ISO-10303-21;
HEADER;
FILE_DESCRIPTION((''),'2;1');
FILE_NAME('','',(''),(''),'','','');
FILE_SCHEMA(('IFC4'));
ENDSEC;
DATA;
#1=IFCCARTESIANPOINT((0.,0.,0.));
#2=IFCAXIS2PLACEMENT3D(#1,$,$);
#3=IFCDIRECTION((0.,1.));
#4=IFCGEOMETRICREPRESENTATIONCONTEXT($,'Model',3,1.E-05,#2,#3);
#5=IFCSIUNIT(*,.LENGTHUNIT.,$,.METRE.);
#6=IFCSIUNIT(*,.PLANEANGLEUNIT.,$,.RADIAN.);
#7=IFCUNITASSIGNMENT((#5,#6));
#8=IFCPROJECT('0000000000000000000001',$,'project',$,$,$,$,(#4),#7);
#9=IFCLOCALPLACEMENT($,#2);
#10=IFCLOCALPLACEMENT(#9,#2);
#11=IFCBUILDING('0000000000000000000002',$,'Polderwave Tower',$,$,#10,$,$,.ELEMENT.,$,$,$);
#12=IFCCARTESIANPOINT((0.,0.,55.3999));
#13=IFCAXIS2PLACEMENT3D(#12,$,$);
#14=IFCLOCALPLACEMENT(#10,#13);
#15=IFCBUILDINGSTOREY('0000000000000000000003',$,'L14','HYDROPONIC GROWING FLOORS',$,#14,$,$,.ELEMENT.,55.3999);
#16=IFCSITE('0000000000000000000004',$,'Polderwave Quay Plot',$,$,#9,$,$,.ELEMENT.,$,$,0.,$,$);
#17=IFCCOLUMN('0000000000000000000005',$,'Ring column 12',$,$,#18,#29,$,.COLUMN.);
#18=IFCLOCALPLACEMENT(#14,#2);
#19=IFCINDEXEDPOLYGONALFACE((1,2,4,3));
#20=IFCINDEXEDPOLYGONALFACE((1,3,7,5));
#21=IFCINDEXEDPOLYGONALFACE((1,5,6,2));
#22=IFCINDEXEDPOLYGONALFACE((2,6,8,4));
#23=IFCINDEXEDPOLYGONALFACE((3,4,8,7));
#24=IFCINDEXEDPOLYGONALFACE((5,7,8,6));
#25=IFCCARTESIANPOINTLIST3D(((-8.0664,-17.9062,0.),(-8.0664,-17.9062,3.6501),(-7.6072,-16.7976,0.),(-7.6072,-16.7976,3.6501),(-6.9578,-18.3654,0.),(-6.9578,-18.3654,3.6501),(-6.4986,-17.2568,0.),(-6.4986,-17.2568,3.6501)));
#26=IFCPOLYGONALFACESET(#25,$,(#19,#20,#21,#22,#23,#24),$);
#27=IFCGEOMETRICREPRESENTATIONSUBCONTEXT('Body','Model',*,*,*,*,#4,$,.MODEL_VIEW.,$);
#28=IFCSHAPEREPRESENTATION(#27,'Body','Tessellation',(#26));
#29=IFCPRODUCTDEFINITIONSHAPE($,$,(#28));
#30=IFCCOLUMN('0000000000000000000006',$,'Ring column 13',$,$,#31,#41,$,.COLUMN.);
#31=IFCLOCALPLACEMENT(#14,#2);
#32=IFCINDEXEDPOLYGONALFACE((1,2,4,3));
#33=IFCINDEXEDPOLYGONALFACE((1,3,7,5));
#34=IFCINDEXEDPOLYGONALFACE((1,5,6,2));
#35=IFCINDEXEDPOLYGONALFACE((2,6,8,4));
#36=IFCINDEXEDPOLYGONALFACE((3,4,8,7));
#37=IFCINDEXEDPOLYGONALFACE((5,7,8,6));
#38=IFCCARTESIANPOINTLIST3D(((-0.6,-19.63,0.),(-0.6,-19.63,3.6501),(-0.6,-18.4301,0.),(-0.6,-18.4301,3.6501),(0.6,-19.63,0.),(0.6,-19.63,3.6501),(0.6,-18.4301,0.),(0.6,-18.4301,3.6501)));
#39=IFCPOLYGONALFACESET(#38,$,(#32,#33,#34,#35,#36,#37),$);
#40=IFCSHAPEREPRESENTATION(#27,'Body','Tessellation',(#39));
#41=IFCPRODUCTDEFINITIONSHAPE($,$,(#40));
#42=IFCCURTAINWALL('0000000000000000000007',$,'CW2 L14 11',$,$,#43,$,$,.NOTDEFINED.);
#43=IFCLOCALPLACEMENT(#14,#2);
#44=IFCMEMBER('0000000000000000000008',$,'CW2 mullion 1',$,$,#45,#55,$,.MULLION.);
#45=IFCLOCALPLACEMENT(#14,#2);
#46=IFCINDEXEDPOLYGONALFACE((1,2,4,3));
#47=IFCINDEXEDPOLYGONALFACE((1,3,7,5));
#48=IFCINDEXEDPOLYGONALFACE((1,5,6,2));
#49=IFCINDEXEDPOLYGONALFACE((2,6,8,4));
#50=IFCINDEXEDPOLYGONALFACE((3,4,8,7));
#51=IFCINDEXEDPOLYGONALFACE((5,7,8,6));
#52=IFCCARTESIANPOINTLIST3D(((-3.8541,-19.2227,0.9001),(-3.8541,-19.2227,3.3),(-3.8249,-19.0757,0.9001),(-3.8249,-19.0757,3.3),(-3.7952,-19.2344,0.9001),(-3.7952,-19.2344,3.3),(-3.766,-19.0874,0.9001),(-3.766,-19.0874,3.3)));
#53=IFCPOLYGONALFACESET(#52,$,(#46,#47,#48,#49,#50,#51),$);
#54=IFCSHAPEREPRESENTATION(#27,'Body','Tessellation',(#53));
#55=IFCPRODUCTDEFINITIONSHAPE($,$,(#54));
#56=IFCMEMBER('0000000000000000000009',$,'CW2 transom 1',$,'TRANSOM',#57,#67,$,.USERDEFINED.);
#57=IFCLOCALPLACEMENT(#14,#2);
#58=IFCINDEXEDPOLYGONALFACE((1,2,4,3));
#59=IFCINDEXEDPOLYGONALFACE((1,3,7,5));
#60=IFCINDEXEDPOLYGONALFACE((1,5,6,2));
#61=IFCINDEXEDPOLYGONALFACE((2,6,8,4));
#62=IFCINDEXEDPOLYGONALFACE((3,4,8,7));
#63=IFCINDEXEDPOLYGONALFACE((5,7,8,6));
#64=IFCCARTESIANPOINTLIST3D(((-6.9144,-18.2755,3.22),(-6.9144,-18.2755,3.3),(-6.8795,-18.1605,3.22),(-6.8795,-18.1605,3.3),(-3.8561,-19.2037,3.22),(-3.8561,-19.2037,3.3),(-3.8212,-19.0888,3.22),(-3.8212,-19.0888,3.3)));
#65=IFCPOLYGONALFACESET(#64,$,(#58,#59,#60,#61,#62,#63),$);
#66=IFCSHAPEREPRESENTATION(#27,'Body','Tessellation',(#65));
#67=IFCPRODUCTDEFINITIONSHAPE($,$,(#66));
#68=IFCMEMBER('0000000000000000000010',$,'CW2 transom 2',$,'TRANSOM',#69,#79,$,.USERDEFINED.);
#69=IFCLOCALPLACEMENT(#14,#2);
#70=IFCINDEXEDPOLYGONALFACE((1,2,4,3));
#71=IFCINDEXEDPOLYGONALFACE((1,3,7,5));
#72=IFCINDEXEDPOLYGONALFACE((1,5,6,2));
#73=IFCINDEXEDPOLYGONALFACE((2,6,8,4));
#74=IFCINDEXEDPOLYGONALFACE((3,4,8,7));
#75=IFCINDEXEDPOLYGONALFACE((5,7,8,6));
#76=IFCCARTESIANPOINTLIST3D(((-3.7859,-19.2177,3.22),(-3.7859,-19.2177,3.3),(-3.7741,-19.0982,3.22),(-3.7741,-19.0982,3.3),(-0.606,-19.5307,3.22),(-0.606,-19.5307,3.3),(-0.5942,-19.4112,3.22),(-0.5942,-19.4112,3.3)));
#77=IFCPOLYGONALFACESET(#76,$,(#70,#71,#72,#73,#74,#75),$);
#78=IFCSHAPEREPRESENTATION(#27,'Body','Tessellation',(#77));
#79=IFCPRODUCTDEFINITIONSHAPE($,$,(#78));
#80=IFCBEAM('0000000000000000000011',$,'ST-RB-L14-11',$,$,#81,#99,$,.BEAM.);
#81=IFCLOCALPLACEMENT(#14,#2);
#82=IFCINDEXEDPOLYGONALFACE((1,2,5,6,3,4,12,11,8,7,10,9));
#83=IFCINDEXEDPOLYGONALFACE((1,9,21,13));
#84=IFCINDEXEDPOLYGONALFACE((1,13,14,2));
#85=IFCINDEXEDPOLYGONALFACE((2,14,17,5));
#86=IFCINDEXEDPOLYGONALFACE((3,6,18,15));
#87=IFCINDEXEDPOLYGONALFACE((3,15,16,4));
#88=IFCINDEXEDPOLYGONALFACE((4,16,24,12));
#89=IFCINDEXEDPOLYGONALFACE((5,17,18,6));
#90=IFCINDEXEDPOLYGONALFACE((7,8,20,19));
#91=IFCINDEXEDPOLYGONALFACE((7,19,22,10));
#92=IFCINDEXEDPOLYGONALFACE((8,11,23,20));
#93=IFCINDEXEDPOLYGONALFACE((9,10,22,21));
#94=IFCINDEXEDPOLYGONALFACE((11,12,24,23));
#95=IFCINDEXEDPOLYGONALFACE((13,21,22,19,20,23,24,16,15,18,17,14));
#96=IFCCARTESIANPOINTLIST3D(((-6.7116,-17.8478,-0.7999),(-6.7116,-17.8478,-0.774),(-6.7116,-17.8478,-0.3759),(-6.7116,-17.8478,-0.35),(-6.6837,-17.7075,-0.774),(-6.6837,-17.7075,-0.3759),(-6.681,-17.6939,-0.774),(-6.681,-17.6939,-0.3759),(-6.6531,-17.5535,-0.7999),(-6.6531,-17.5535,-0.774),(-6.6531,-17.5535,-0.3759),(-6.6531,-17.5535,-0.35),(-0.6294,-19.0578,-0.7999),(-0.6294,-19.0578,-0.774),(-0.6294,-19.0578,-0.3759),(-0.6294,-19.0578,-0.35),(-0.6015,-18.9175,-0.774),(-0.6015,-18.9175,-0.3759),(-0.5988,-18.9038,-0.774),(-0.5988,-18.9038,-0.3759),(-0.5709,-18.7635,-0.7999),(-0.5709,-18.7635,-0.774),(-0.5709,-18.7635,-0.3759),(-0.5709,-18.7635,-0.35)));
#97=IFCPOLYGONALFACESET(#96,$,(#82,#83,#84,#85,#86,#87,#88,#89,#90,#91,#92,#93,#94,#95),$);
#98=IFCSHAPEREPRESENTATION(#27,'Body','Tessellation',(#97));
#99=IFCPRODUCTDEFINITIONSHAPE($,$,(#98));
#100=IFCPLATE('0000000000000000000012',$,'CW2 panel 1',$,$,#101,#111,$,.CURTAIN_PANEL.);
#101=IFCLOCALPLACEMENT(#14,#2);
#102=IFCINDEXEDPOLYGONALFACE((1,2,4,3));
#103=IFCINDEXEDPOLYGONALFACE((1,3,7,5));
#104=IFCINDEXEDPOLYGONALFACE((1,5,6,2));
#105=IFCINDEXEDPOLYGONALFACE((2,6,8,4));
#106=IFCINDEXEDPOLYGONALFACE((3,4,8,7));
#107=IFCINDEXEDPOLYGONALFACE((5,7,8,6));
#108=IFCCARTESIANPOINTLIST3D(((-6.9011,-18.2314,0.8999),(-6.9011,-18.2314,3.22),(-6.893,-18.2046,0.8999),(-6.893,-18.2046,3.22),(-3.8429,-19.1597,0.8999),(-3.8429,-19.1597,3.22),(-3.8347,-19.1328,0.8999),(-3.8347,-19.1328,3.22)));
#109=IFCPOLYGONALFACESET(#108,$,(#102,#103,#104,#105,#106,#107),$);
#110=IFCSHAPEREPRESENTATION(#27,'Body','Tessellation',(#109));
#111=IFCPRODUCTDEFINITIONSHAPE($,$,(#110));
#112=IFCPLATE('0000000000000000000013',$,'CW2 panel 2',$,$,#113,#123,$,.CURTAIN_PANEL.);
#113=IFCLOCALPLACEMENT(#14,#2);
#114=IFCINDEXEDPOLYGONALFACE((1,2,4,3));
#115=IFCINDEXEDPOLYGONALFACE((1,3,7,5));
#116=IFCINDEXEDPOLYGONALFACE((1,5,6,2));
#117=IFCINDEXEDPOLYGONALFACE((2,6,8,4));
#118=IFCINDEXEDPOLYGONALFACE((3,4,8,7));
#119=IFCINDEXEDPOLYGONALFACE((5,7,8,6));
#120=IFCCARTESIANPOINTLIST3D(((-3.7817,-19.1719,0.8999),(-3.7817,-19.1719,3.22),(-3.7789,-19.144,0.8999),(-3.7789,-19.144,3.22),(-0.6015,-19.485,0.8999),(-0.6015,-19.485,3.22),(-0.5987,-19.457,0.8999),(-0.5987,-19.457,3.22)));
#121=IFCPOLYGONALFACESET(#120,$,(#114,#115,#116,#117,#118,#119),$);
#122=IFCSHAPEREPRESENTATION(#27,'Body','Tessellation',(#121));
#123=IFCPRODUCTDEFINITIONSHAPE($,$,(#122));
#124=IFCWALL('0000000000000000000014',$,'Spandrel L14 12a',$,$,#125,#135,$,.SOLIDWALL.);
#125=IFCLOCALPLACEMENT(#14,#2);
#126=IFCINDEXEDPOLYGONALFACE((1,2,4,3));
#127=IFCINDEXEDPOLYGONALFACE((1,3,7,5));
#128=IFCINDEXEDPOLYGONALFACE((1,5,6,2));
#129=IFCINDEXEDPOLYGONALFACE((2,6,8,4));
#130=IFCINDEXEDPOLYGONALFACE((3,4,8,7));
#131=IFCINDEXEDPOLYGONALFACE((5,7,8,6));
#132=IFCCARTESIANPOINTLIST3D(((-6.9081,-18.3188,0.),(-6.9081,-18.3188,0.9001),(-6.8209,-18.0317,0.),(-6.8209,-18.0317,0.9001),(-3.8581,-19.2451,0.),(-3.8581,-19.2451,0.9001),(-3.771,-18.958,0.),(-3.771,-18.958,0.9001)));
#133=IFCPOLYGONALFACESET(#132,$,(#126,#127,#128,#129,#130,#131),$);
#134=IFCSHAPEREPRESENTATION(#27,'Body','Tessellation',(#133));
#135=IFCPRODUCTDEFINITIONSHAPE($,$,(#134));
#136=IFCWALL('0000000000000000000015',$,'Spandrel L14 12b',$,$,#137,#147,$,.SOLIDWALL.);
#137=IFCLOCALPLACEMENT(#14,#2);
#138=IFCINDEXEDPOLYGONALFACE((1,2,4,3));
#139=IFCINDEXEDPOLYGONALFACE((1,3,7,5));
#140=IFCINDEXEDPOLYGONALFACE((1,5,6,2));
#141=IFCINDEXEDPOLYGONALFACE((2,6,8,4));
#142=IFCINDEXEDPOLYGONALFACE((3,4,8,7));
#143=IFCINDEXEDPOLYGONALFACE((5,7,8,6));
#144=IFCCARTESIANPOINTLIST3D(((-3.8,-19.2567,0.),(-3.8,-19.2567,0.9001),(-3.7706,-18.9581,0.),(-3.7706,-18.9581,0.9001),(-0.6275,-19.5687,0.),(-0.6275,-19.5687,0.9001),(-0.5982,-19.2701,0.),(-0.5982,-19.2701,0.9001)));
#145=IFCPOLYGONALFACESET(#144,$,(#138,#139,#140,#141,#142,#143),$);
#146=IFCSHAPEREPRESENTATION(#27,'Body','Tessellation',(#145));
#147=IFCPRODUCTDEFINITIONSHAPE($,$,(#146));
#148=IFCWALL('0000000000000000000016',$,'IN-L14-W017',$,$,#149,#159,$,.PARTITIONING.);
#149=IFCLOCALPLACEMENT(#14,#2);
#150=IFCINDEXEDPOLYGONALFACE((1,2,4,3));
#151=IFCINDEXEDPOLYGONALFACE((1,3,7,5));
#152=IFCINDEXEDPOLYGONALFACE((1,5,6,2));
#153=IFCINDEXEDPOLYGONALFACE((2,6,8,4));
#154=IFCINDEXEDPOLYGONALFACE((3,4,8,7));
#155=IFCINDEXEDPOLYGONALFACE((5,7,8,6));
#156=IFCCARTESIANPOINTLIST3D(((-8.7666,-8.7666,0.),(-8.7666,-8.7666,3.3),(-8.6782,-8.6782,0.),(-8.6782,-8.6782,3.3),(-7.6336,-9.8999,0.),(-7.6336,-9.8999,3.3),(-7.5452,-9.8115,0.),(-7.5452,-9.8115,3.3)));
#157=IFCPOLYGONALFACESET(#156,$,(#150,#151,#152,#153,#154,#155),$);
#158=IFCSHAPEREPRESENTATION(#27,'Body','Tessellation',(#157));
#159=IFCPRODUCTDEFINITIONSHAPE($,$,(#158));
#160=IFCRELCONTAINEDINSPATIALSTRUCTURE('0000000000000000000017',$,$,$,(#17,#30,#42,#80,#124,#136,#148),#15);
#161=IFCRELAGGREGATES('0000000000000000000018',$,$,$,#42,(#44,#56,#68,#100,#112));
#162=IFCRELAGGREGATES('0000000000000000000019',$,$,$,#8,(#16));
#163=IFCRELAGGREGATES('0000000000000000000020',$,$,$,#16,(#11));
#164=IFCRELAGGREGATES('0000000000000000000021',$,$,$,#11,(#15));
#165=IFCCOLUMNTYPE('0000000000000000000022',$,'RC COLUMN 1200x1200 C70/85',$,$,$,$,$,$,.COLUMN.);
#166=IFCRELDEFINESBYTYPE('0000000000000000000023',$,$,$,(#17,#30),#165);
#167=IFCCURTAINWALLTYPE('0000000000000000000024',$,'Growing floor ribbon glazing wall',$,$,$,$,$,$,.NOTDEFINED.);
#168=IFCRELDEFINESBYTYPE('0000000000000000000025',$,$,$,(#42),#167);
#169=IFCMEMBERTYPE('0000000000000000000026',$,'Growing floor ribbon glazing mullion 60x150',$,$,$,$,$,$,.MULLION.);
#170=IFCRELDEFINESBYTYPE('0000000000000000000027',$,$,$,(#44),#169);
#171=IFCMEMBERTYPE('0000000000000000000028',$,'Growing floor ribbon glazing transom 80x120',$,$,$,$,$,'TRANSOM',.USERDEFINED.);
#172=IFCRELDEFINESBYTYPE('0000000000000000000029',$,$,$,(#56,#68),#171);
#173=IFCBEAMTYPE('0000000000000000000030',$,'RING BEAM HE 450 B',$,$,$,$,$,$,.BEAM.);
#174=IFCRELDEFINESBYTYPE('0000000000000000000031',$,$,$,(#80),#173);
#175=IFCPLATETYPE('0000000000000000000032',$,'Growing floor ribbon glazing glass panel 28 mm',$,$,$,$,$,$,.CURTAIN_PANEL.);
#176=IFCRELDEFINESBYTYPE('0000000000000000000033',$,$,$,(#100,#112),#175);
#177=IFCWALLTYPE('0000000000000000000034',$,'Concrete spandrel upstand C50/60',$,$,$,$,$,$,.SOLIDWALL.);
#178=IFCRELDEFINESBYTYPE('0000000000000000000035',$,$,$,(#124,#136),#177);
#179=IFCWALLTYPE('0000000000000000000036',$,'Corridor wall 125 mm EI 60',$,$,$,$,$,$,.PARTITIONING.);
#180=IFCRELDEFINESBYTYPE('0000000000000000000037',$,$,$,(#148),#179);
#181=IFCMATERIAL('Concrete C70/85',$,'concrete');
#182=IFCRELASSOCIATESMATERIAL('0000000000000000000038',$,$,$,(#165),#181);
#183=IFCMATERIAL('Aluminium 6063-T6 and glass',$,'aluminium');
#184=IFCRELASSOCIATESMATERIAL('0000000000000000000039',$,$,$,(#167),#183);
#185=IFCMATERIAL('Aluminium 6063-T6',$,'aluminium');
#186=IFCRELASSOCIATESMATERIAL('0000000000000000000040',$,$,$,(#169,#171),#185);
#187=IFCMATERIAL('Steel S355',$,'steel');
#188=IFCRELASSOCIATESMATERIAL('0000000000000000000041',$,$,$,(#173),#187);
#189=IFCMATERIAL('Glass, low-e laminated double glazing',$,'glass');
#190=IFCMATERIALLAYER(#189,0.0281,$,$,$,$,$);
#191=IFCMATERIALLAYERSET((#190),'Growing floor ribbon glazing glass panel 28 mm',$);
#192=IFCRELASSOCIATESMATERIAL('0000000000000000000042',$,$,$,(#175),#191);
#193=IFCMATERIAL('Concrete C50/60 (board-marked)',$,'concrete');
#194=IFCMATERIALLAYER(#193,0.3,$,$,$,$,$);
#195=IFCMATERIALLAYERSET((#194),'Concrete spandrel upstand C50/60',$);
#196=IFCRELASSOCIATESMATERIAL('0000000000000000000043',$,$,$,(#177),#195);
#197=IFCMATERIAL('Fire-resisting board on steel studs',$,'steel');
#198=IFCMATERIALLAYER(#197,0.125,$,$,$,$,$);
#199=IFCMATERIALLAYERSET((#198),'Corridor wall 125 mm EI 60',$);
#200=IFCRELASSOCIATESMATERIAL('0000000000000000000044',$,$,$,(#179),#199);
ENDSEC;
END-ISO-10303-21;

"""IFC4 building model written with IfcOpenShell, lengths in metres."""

from ifc_helpers import new_model, si_unit, direction, frame, frame_2d, origin, origin_2d, place, context, subcontext, project, spatial, rectangle, i_section, extrude, material, layer, layer_set, material_profile, profile_set, type_object, element, aggregate, save


model = new_model("IFC4")

# Units and contexts
model_context = context("Model", 3, precision=1e-05, world=origin(), true_north=direction((0.0, 1.0)))
body_context = subcontext(model_context, "Body", "Model", "MODEL_VIEW")
ifc_project = project(units=[si_unit("LENGTHUNIT", "METRE"), si_unit("PLANEANGLEUNIT", "RADIAN")], contexts=[model_context])

# Site, building, storey
site_placement = place(None, origin())
site = spatial("IfcSite", under=ifc_project, at=site_placement, Name="Polderwave Quay Plot", CompositionType="ELEMENT", RefElevation=0.0)
building_placement = place(site_placement, origin())
building = spatial("IfcBuilding", under=site, at=building_placement, Name="Polderwave Tower", CompositionType="ELEMENT")
storey_placement = place(building_placement, frame((0.0, 0.0, 55.3999)))
storey = spatial("IfcBuildingStorey", under=building, at=storey_placement, Name="L14", Description="HYDROPONIC GROWING FLOORS", CompositionType="ELEMENT", Elevation=55.3999)

# Columns
ifc_material_1 = material(Name="Concrete C70/85", Category="concrete")
ifc_material_profile_1 = material_profile(ifc_material_1, rectangle(XDim=1.2, YDim=1.2, at=origin_2d()), Name="RC 1200x1200")
ifc_profile_set_1 = profile_set([ifc_material_profile_1], Name="Concrete C70/85")
column_type = type_object("IfcColumnType", Name="RC COLUMN 1200x1200 C70/85", PredefinedType="COLUMN", material=ifc_profile_set_1)
for number, where, z_axis, x_axis, name in (
    (1, (-7.2825, -17.5815, 0.0), (0.0, 0.0, 1.0), (-0.382683, -0.92388, 0.0), "Ring column 12"),
    (2, (0.0, -19.03, 0.0), (0.0, 0.0, 1.0), (0.0, -1.0, 0.0), "Ring column 13"),
):
    element("IfcColumn", number, at=place(storey_placement, frame(where, z_axis=z_axis, x_axis=x_axis)), inside=storey, type_object=column_type, Name=name, PredefinedType="COLUMN", context=body_context, shape_type="SweptSolid", body=[
        extrude(rectangle(XDim=1.2, YDim=1.2, at=origin_2d()), origin(), (0.0, 0.0, 1.0), 3.6501),
    ])

# Curtain wall, members
ifc_material_2 = material(Name="Aluminium 6063-T6 and glass", Category="aluminium")
curtain_wall_type = type_object("IfcCurtainWallType", Name="Growing floor ribbon glazing wall", PredefinedType="NOTDEFINED", material=ifc_material_2)
curtain_wall_placement = place(storey_placement, origin())
curtain_wall = element("IfcCurtainWall", 3, at=curtain_wall_placement, inside=storey, type_object=curtain_wall_type, Name="CW2 L14 11", PredefinedType="NOTDEFINED")
ifc_material_3 = material(Name="Aluminium 6063-T6", Category="aluminium")
ifc_material_profile_2 = material_profile(ifc_material_3, rectangle(XDim=0.1499, YDim=0.0601, at=origin_2d()), Name="AL 60x150")
ifc_profile_set_2 = profile_set([ifc_material_profile_2], Name="Aluminium 6063-T6")
member_type_1 = type_object("IfcMemberType", Name="Growing floor ribbon glazing mullion 60x150", PredefinedType="MULLION", material=ifc_profile_set_2)
member_1_placement = place(storey_placement, frame((-3.8101, -19.155, 0.9001), z_axis=(0.0, 0.0, 1.0), x_axis=(0.195149, 0.980774, 0.0)))
member_1 = element("IfcMember", 4, at=member_1_placement, type_object=member_type_1, Name="CW2 mullion 1", PredefinedType="MULLION", context=body_context, shape_type="SweptSolid", body=[
    extrude(rectangle(XDim=0.1499, YDim=0.0601, at=origin_2d()), origin(), (0.0, 0.0, 1.0), 2.3999),
])
ifc_material_profile_3 = material_profile(ifc_material_3, rectangle(XDim=0.1201, YDim=0.0801, at=origin_2d()), Name="AL 80x120")
ifc_profile_set_3 = profile_set([ifc_material_profile_3], Name="Aluminium 6063-T6")
member_type_2 = type_object("IfcMemberType", Name="Growing floor ribbon glazing transom 80x120", ElementType="TRANSOM", PredefinedType="USERDEFINED", material=ifc_profile_set_3)
member_2_placement = place(storey_placement, frame((-6.897, -18.218, 3.26), z_axis=(0.956898, -0.290423, 0.0), x_axis=(0.290423, 0.956898, 0.0)))
member_2 = element("IfcMember", 5, at=member_2_placement, type_object=member_type_2, Name="CW2 transom 1", ObjectType="TRANSOM", PredefinedType="USERDEFINED", context=body_context, shape_type="SweptSolid", body=[
    extrude(rectangle(XDim=0.1201, YDim=0.0801, at=origin_2d()), origin(), (0.0, 0.0, 1.0), 3.196),
])
member_3_placement = place(storey_placement, frame((-3.78, -19.158, 3.26), z_axis=(0.995191, -0.097953, 0.0), x_axis=(0.097953, 0.995191, 0.0)))
member_3 = element("IfcMember", 6, at=member_3_placement, type_object=member_type_2, Name="CW2 transom 2", ObjectType="TRANSOM", PredefinedType="USERDEFINED", context=body_context, shape_type="SweptSolid", body=[
    extrude(rectangle(XDim=0.1201, YDim=0.0801, at=origin_2d()), origin(), (0.0, 0.0, 1.0), 3.1953),
])

# Beam
ifc_material_4 = material(Name="Steel S355", Category="steel")
ifc_material_profile_4 = material_profile(ifc_material_4, i_section(OverallWidth=0.3, OverallDepth=0.45, WebThickness=0.0139, FlangeThickness=0.0259, at=origin_2d()), Name="HE 450 B")
ifc_profile_set_4 = profile_set([ifc_material_profile_4], Name="Steel S355")
beam_type = type_object("IfcBeamType", Name="RING BEAM HE 450 B", PredefinedType="BEAM", material=ifc_profile_set_4)
beam_placement = place(storey_placement, frame((-6.6824, -17.7007, -0.575), z_axis=(0.980782, -0.195109, 0.0), x_axis=(0.195109, 0.980782, 0.0)))
element("IfcBeam", 7, at=beam_placement, inside=storey, type_object=beam_type, Name="ST-RB-L14-11", PredefinedType="BEAM", context=body_context, shape_type="SweptSolid", body=[
    extrude(i_section(OverallWidth=0.3, OverallDepth=0.45, WebThickness=0.0139, FlangeThickness=0.0259, at=origin_2d()), origin(), (0.0, 0.0, 1.0), 6.2014),
])

# Plates
ifc_material_5 = material(Name="Glass, low-e laminated double glazing", Category="glass")
ifc_layer_1 = layer(ifc_material_5, 0.0281)
ifc_layer_set_1 = layer_set([ifc_layer_1], Name="Growing floor ribbon glazing glass panel 28 mm")
plate_type = type_object("IfcPlateType", Name="Growing floor ribbon glazing glass panel 28 mm", PredefinedType="CURTAIN_PANEL", material=ifc_layer_set_1)
plate_1_placement = place(storey_placement, frame((-5.3679, -18.6821, 0.8999), z_axis=(0.0, 0.0, 1.0), x_axis=(0.956891, -0.290447, 0.0)))
plate_1 = element("IfcPlate", 8, at=plate_1_placement, type_object=plate_type, Name="CW2 panel 1", PredefinedType="CURTAIN_PANEL", context=body_context, shape_type="SweptSolid", body=[
    extrude(rectangle(XDim=3.196, YDim=0.0281, at=origin_2d()), origin(), (0.0, 0.0, 1.0), 2.3201),
])
plate_2_placement = place(storey_placement, frame((-2.1902, -19.3145, 0.8999), z_axis=(0.0, 0.0, 1.0), x_axis=(0.99519, -0.097969, 0.0)))
plate_2 = element("IfcPlate", 9, at=plate_2_placement, type_object=plate_type, Name="CW2 panel 2", PredefinedType="CURTAIN_PANEL", context=body_context, shape_type="SweptSolid", body=[
    extrude(rectangle(XDim=3.1956, YDim=0.0281, at=origin_2d()), origin(), (0.0, 0.0, 1.0), 2.3201),
])
aggregate(curtain_wall, [member_1, member_2, member_3, plate_1, plate_2])

# Walls
ifc_material_6 = material(Name="Concrete C50/60 (board-marked)", Category="concrete")
ifc_layer_2 = layer(ifc_material_6, 0.3)
ifc_layer_set_2 = layer_set([ifc_layer_2], Name="Concrete spandrel upstand C50/60")
wall_type_1 = type_object("IfcWallType", Name="Concrete spandrel upstand C50/60", PredefinedType="SOLIDWALL", material=ifc_layer_set_2)
wall_1_placement = place(storey_placement, frame((-6.8645, -18.1753, 0.0), z_axis=(0.0, 0.0, 1.0), x_axis=(0.956849, -0.290586, 0.0)))
element("IfcWall", 10, at=wall_1_placement, inside=storey, type_object=wall_type_1, Name="Spandrel L14 12a", PredefinedType="SOLIDWALL", context=body_context, shape_type="SweptSolid", body=[
    extrude(rectangle(XDim=3.1875, YDim=0.3, at=frame_2d((1.5938, 0.0))), origin(), (0.0, 0.0, 1.0), 0.9001),
])
wall_2_placement = place(storey_placement, frame((-3.7852, -19.1074, 0.0), z_axis=(0.0, 0.0, 1.0), x_axis=(0.995198, -0.097881, 0.0)))
element("IfcWall", 11, at=wall_2_placement, inside=storey, type_object=wall_type_1, Name="Spandrel L14 12b", PredefinedType="SOLIDWALL", context=body_context, shape_type="SweptSolid", body=[
    extrude(rectangle(XDim=3.1877, YDim=0.3, at=frame_2d((1.5938, 0.0))), origin(), (0.0, 0.0, 1.0), 0.9001),
])
ifc_material_7 = material(Name="Fire-resisting board on steel studs", Category="steel")
ifc_layer_3 = layer(ifc_material_7, 0.125)
ifc_layer_set_3 = layer_set([ifc_layer_3], Name="Corridor wall 125 mm EI 60")
wall_type_2 = type_object("IfcWallType", Name="Corridor wall 125 mm EI 60", PredefinedType="PARTITIONING", material=ifc_layer_set_3)
wall_3_placement = place(storey_placement, frame((-7.5894, -9.8557, 0.0), z_axis=(0.0, 0.0, 1.0), x_axis=(-0.707031, 0.707183, 0.0)))
element("IfcWall", 12, at=wall_3_placement, inside=storey, type_object=wall_type_2, Name="IN-L14-W017", PredefinedType="PARTITIONING", context=body_context, shape_type="SweptSolid", body=[
    extrude(rectangle(XDim=1.6025, YDim=0.125, at=frame_2d((0.8013, 0.0))), origin(), (0.0, 0.0, 1.0), 3.3),
])

save(model, "model.ifc")
